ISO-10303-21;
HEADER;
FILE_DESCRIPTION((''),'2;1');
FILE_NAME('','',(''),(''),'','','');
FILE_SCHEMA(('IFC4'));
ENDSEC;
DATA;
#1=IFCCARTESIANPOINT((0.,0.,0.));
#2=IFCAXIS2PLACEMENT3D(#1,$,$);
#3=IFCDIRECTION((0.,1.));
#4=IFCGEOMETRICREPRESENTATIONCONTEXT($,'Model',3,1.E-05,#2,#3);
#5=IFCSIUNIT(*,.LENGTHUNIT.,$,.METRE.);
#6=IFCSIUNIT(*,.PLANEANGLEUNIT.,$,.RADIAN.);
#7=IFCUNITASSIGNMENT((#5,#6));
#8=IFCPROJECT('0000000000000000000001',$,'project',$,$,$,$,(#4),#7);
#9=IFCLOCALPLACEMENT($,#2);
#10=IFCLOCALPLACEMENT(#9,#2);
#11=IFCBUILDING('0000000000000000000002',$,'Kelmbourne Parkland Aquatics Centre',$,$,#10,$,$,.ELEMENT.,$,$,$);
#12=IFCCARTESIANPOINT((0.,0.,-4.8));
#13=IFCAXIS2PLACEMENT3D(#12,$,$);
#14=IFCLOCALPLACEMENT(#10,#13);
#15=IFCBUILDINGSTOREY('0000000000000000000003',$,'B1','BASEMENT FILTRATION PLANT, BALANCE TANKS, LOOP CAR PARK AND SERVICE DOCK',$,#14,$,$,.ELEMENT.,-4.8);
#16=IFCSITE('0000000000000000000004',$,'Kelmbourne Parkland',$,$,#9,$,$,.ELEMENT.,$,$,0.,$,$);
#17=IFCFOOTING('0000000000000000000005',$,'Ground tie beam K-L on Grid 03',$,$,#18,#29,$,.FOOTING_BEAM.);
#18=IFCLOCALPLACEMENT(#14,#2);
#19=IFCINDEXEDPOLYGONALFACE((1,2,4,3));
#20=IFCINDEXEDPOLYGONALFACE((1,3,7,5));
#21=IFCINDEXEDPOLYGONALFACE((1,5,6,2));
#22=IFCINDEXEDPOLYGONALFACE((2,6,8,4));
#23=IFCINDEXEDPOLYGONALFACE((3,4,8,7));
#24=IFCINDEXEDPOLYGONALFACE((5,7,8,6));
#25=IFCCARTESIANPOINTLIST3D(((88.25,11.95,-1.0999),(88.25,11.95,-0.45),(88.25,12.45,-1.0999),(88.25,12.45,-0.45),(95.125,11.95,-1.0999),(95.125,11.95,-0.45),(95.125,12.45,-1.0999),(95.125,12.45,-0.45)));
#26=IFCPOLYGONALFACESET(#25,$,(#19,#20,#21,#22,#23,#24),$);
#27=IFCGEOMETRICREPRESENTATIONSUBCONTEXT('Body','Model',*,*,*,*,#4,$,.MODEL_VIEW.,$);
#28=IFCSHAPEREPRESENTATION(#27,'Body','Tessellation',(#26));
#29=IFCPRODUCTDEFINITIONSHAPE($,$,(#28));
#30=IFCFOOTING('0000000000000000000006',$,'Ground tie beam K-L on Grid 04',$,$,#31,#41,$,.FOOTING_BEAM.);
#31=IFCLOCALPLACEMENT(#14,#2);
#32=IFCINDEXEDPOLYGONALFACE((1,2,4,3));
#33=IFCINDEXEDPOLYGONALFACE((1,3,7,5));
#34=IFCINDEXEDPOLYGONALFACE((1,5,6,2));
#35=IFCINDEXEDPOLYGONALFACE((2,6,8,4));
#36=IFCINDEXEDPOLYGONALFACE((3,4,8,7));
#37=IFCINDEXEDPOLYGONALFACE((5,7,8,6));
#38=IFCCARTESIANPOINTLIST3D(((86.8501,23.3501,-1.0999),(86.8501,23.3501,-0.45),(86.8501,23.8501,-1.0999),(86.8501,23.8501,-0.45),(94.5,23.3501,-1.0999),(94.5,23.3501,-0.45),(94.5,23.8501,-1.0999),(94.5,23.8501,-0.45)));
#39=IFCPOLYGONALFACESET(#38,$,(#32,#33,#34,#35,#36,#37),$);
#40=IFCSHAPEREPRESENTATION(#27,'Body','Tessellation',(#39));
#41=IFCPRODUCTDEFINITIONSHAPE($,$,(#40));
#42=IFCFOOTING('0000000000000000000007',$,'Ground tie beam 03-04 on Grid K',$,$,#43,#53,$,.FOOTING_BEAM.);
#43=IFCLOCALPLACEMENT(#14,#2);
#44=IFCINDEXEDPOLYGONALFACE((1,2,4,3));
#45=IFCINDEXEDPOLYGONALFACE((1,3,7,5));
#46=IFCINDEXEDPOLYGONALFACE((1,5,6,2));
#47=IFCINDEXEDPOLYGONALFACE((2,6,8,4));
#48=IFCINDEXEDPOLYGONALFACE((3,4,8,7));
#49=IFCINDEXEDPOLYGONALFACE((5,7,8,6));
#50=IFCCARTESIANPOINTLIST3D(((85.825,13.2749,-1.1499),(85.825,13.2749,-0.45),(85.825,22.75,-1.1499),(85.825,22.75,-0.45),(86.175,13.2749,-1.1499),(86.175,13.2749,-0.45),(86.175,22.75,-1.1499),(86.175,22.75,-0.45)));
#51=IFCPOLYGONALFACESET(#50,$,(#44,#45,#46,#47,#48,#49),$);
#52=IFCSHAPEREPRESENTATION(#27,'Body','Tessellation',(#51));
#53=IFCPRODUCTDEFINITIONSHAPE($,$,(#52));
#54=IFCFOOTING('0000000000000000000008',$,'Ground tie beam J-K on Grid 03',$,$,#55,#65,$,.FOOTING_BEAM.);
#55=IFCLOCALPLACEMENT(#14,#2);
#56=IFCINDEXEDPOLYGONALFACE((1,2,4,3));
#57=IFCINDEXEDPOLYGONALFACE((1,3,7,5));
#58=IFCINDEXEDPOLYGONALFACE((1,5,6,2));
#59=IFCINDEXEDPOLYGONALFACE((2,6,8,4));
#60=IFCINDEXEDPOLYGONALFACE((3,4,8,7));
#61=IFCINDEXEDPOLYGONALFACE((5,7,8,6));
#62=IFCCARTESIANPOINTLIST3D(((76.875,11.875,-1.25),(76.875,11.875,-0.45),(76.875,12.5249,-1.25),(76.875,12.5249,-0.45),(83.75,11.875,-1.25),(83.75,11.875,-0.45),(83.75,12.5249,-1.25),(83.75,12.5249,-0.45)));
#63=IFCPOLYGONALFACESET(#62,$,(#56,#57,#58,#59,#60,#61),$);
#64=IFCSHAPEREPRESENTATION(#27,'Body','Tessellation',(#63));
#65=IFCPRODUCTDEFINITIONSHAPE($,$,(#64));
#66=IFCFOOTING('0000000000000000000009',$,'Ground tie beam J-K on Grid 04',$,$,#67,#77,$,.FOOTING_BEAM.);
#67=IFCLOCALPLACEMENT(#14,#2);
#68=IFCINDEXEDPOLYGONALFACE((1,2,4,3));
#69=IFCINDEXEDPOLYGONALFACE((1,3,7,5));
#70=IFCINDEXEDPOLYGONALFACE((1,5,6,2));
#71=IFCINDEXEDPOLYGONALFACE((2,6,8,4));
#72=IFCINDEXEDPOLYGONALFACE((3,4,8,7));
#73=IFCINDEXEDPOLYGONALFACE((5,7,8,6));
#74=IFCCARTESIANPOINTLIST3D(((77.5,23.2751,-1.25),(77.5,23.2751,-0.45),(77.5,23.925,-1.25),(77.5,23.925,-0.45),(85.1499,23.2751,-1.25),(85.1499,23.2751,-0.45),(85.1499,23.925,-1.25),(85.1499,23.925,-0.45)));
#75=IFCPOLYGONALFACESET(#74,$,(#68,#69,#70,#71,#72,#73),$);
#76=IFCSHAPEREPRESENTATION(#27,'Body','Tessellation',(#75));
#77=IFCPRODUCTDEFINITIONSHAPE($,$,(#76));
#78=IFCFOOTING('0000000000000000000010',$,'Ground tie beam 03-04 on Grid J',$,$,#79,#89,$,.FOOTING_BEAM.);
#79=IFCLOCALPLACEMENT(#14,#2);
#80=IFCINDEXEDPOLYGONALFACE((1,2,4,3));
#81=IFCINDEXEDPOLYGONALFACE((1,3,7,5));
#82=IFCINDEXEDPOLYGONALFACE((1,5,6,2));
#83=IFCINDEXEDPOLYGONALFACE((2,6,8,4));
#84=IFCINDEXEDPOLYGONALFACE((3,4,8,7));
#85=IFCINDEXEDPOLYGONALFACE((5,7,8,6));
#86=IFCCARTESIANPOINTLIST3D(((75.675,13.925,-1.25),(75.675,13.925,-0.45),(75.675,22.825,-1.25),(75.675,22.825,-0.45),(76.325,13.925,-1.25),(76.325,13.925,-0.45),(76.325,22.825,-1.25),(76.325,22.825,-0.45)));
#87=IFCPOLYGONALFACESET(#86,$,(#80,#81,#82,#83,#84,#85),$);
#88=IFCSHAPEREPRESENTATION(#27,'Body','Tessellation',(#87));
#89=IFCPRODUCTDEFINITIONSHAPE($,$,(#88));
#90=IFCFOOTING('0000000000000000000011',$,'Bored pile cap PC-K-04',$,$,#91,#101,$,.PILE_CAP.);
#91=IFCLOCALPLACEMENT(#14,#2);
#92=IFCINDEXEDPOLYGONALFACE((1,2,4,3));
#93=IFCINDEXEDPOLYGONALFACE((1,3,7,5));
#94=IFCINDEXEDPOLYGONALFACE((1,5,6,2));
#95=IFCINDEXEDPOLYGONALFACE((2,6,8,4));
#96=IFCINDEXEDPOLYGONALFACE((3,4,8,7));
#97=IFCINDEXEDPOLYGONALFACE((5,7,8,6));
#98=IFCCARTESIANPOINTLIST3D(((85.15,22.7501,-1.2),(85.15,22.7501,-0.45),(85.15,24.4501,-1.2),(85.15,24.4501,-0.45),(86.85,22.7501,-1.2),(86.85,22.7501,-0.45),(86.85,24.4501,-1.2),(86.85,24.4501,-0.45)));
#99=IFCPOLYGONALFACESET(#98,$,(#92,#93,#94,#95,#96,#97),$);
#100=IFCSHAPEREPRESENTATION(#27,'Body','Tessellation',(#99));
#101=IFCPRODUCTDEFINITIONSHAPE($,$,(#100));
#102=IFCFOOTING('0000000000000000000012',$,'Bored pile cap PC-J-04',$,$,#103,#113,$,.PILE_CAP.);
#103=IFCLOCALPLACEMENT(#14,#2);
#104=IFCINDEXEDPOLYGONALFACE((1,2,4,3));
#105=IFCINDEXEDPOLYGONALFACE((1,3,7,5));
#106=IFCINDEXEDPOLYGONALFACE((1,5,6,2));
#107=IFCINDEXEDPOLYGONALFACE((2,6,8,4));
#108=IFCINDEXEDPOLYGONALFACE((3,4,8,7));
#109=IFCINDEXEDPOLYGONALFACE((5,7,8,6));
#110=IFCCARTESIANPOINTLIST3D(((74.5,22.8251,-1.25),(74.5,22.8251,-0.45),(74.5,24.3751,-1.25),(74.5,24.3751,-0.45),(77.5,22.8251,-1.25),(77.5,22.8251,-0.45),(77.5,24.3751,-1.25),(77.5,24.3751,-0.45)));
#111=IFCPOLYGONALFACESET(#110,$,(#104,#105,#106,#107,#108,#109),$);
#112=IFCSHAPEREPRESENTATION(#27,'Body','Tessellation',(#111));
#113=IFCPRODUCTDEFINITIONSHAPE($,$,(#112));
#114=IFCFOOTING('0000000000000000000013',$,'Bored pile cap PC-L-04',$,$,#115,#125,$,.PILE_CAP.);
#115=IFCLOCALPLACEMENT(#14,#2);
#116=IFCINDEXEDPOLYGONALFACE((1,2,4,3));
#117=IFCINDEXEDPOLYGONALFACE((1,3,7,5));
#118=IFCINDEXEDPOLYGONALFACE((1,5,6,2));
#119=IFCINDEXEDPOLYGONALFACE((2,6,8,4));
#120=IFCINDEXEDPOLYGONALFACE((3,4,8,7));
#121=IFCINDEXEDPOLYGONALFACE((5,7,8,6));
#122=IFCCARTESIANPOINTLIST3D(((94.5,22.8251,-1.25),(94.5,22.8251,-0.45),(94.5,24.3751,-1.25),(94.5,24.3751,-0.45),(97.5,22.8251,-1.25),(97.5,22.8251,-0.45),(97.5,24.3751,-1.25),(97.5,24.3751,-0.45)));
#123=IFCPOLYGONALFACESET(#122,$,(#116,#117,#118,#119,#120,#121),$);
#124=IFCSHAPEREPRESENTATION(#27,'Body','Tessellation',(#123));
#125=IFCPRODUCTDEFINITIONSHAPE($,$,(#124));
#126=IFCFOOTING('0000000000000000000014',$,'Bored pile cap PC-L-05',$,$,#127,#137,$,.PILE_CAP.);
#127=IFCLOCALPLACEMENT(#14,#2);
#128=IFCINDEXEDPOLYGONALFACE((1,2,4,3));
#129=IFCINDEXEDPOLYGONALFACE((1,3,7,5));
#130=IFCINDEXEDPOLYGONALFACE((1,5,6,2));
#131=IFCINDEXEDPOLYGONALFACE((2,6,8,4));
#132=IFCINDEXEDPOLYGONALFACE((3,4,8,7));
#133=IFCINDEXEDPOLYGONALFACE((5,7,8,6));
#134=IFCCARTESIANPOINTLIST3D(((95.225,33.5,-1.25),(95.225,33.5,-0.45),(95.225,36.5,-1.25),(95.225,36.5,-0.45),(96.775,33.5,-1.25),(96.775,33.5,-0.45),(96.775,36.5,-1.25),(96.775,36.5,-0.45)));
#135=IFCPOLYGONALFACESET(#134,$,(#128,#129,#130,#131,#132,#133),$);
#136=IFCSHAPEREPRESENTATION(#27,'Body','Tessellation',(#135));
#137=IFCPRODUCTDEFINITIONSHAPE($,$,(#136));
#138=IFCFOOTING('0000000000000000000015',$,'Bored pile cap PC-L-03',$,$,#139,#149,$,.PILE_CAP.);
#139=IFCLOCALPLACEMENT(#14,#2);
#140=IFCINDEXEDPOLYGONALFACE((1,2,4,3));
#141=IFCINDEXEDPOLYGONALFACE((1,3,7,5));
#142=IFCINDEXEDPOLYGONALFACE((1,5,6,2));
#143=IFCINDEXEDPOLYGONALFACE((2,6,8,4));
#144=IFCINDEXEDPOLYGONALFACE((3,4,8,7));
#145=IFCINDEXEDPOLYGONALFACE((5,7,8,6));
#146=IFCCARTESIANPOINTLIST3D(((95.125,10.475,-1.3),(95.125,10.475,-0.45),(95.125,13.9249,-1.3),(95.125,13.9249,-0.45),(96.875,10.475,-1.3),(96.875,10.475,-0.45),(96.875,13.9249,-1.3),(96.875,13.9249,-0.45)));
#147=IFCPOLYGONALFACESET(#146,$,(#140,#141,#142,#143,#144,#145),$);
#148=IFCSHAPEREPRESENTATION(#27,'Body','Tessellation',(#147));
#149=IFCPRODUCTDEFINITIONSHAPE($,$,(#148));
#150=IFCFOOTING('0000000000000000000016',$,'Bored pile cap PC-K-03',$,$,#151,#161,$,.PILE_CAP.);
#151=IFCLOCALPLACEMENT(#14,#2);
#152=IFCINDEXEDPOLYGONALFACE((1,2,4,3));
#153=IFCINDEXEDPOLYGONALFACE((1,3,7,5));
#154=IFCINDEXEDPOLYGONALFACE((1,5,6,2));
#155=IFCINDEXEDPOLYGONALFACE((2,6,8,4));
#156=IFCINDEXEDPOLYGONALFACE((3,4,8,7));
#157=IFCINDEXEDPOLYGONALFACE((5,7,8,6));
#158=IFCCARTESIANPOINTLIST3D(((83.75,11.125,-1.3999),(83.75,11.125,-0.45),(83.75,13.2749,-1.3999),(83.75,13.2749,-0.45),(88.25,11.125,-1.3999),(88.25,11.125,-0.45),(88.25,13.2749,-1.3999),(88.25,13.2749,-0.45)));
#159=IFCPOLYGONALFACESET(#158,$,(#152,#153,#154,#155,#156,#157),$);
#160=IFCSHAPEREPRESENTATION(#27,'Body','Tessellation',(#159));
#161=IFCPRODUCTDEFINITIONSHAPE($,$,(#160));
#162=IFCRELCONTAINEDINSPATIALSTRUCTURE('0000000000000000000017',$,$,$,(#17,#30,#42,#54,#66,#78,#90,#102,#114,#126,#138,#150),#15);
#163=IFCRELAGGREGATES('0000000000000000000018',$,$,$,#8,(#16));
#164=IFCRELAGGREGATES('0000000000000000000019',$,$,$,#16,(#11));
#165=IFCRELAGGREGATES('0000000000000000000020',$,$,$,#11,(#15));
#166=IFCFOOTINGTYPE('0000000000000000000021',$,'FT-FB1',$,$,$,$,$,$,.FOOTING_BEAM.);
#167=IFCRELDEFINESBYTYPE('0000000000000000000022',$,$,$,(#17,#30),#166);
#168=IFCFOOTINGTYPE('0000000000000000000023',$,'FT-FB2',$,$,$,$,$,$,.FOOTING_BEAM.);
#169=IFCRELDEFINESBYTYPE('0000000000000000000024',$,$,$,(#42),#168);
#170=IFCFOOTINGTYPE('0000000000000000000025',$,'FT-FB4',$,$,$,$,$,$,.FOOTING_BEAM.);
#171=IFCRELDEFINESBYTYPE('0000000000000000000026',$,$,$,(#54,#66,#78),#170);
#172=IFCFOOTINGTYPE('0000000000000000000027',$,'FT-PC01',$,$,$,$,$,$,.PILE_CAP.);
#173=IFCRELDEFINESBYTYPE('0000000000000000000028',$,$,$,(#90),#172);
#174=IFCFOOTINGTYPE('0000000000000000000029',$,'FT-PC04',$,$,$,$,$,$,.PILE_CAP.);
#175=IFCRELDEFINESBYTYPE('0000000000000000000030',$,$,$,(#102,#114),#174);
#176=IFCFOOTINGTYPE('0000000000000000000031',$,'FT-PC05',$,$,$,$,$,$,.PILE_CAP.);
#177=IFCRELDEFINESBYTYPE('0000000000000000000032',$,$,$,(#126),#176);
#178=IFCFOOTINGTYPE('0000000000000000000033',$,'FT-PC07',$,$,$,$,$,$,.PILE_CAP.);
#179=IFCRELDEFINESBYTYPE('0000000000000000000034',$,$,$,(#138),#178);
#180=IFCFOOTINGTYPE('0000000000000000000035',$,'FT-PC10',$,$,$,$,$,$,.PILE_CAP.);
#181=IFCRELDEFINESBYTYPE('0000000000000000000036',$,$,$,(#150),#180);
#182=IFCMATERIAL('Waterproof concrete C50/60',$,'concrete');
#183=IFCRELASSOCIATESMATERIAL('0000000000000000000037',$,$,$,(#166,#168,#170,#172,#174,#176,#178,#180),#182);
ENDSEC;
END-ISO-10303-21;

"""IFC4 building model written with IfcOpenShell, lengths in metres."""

from ifc_helpers import new_model, si_unit, direction, frame, origin, origin_2d, place, context, subcontext, project, spatial, rectangle, extrude, material, type_object, element, save


model = new_model("IFC4")

# Units and contexts
model_context = context("Model", 3, precision=1e-05, world=origin(), true_north=direction((0.0, 1.0)))
body_context = subcontext(model_context, "Body", "Model", "MODEL_VIEW")
ifc_project = project(units=[si_unit("LENGTHUNIT", "METRE"), si_unit("PLANEANGLEUNIT", "RADIAN")], contexts=[model_context])

# Site, building, storey
site_placement = place(None, origin())
site = spatial("IfcSite", under=ifc_project, at=site_placement, Name="Kelmbourne Parkland", CompositionType="ELEMENT", RefElevation=0.0)
building_placement = place(site_placement, origin())
building = spatial("IfcBuilding", under=site, at=building_placement, Name="Kelmbourne Parkland Aquatics Centre", CompositionType="ELEMENT")
storey_placement = place(building_placement, frame((0.0, 0.0, -4.8)))
storey = spatial("IfcBuildingStorey", under=building, at=storey_placement, Name="B1", Description="BASEMENT FILTRATION PLANT, BALANCE TANKS, LOOP CAR PARK AND SERVICE DOCK", CompositionType="ELEMENT", Elevation=-4.8)

# Footings
ifc_material_1 = material(Name="Waterproof concrete C50/60", Category="concrete")
footing_type_1 = type_object("IfcFootingType", Name="FT-FB1", PredefinedType="FOOTING_BEAM", material=ifc_material_1)
footing_1_placement = place(storey_placement, frame((91.6875, 12.2, -1.0999), z_axis=(0.0, 0.0, 1.0), x_axis=(1.0, 0.0, 0.0)))
element("IfcFooting", 1, at=footing_1_placement, inside=storey, type_object=footing_type_1, Name="Ground tie beam K-L on Grid 03", PredefinedType="FOOTING_BEAM", context=body_context, shape_type="SweptSolid", body=[
    extrude(rectangle(XDim=6.875, YDim=0.5, at=origin_2d()), origin(), (0.0, 0.0, 1.0), 0.6499),
])
footing_2_placement = place(storey_placement, frame((90.675, 23.6001, -1.0999), z_axis=(0.0, 0.0, 1.0), x_axis=(1.0, 0.0, 0.0)))
element("IfcFooting", 2, at=footing_2_placement, inside=storey, type_object=footing_type_1, Name="Ground tie beam K-L on Grid 04", PredefinedType="FOOTING_BEAM", context=body_context, shape_type="SweptSolid", body=[
    extrude(rectangle(XDim=7.6499, YDim=0.5, at=origin_2d()), origin(), (0.0, 0.0, 1.0), 0.6499),
])
footing_type_2 = type_object("IfcFootingType", Name="FT-FB2", PredefinedType="FOOTING_BEAM", material=ifc_material_1)
footing_3_placement = place(storey_placement, frame((86.0, 18.0125, -1.1499), z_axis=(0.0, 0.0, 1.0), x_axis=(0.0, 1.0, 0.0)))
element("IfcFooting", 3, at=footing_3_placement, inside=storey, type_object=footing_type_2, Name="Ground tie beam 03-04 on Grid K", PredefinedType="FOOTING_BEAM", context=body_context, shape_type="SweptSolid", body=[
    extrude(rectangle(XDim=9.4751, YDim=0.3501, at=origin_2d()), origin(), (0.0, 0.0, 1.0), 0.7),
])
footing_type_3 = type_object("IfcFootingType", Name="FT-FB4", PredefinedType="FOOTING_BEAM", material=ifc_material_1)
footing_4_placement = place(storey_placement, frame((80.3125, 12.2, -1.25), z_axis=(0.0, 0.0, 1.0), x_axis=(1.0, 0.0, 0.0)))
element("IfcFooting", 4, at=footing_4_placement, inside=storey, type_object=footing_type_3, Name="Ground tie beam J-K on Grid 03", PredefinedType="FOOTING_BEAM", context=body_context, shape_type="SweptSolid", body=[
    extrude(rectangle(XDim=6.875, YDim=0.6499, at=origin_2d()), origin(), (0.0, 0.0, 1.0), 0.8),
])
footing_5_placement = place(storey_placement, frame((81.325, 23.6001, -1.25), z_axis=(0.0, 0.0, 1.0), x_axis=(1.0, 0.0, 0.0)))
element("IfcFooting", 5, at=footing_5_placement, inside=storey, type_object=footing_type_3, Name="Ground tie beam J-K on Grid 04", PredefinedType="FOOTING_BEAM", context=body_context, shape_type="SweptSolid", body=[
    extrude(rectangle(XDim=7.6499, YDim=0.6499, at=origin_2d()), origin(), (0.0, 0.0, 1.0), 0.8),
])
footing_6_placement = place(storey_placement, frame((76.0, 18.375, -1.25), z_axis=(0.0, 0.0, 1.0), x_axis=(0.0, 1.0, 0.0)))
element("IfcFooting", 6, at=footing_6_placement, inside=storey, type_object=footing_type_3, Name="Ground tie beam 03-04 on Grid J", PredefinedType="FOOTING_BEAM", context=body_context, shape_type="SweptSolid", body=[
    extrude(rectangle(XDim=8.8999, YDim=0.6499, at=origin_2d()), origin(), (0.0, 0.0, 1.0), 0.8),
])
footing_type_4 = type_object("IfcFootingType", Name="FT-PC01", PredefinedType="PILE_CAP", material=ifc_material_1)
footing_7_placement = place(storey_placement, frame((86.0, 23.6001, -1.2), z_axis=(0.0, 0.0, 1.0), x_axis=(1.0, 0.0, 0.0)))
element("IfcFooting", 7, at=footing_7_placement, inside=storey, type_object=footing_type_4, Name="Bored pile cap PC-K-04", PredefinedType="PILE_CAP", context=body_context, shape_type="SweptSolid", body=[
    extrude(rectangle(XDim=1.7, YDim=1.7, at=origin_2d()), origin(), (0.0, 0.0, 1.0), 0.75),
])
footing_type_5 = type_object("IfcFootingType", Name="FT-PC04", PredefinedType="PILE_CAP", material=ifc_material_1)
for number, where, z_axis, x_axis, name in (
    (8, (76.0, 23.6001, -1.25), (0.0, 0.0, 1.0), (1.0, 0.0, 0.0), "Bored pile cap PC-J-04"),
    (9, (96.0, 23.6001, -1.25), (0.0, 0.0, 1.0), (1.0, 0.0, 0.0), "Bored pile cap PC-L-04"),
):
    element("IfcFooting", number, at=place(storey_placement, frame(where, z_axis=z_axis, x_axis=x_axis)), inside=storey, type_object=footing_type_5, Name=name, PredefinedType="PILE_CAP", context=body_context, shape_type="SweptSolid", body=[
        extrude(rectangle(XDim=3.0, YDim=1.55, at=origin_2d()), origin(), (0.0, 0.0, 1.0), 0.8),
    ])
footing_type_6 = type_object("IfcFootingType", Name="FT-PC05", PredefinedType="PILE_CAP", material=ifc_material_1)
footing_8_placement = place(storey_placement, frame((96.0, 35.0, -1.25), z_axis=(0.0, 0.0, 1.0), x_axis=(1.0, 0.0, 0.0)))
element("IfcFooting", 10, at=footing_8_placement, inside=storey, type_object=footing_type_6, Name="Bored pile cap PC-L-05", PredefinedType="PILE_CAP", context=body_context, shape_type="SweptSolid", body=[
    extrude(rectangle(XDim=1.55, YDim=3.0, at=origin_2d()), origin(), (0.0, 0.0, 1.0), 0.8),
])
footing_type_7 = type_object("IfcFootingType", Name="FT-PC07", PredefinedType="PILE_CAP", material=ifc_material_1)
footing_9_placement = place(storey_placement, frame((96.0, 12.2, -1.3), z_axis=(0.0, 0.0, 1.0), x_axis=(1.0, 0.0, 0.0)))
element("IfcFooting", 11, at=footing_9_placement, inside=storey, type_object=footing_type_7, Name="Bored pile cap PC-L-03", PredefinedType="PILE_CAP", context=body_context, shape_type="SweptSolid", body=[
    extrude(rectangle(XDim=1.75, YDim=3.45, at=origin_2d()), origin(), (0.0, 0.0, 1.0), 0.8501),
])
footing_type_8 = type_object("IfcFootingType", Name="FT-PC10", PredefinedType="PILE_CAP", material=ifc_material_1)
footing_10_placement = place(storey_placement, frame((86.0, 12.2, -1.3999), z_axis=(0.0, 0.0, 1.0), x_axis=(1.0, 0.0, 0.0)))
element("IfcFooting", 12, at=footing_10_placement, inside=storey, type_object=footing_type_8, Name="Bored pile cap PC-K-03", PredefinedType="PILE_CAP", context=body_context, shape_type="SweptSolid", body=[
    extrude(rectangle(XDim=4.5, YDim=2.1499, at=origin_2d()), origin(), (0.0, 0.0, 1.0), 0.95),
])

save(model, "model.ifc")
